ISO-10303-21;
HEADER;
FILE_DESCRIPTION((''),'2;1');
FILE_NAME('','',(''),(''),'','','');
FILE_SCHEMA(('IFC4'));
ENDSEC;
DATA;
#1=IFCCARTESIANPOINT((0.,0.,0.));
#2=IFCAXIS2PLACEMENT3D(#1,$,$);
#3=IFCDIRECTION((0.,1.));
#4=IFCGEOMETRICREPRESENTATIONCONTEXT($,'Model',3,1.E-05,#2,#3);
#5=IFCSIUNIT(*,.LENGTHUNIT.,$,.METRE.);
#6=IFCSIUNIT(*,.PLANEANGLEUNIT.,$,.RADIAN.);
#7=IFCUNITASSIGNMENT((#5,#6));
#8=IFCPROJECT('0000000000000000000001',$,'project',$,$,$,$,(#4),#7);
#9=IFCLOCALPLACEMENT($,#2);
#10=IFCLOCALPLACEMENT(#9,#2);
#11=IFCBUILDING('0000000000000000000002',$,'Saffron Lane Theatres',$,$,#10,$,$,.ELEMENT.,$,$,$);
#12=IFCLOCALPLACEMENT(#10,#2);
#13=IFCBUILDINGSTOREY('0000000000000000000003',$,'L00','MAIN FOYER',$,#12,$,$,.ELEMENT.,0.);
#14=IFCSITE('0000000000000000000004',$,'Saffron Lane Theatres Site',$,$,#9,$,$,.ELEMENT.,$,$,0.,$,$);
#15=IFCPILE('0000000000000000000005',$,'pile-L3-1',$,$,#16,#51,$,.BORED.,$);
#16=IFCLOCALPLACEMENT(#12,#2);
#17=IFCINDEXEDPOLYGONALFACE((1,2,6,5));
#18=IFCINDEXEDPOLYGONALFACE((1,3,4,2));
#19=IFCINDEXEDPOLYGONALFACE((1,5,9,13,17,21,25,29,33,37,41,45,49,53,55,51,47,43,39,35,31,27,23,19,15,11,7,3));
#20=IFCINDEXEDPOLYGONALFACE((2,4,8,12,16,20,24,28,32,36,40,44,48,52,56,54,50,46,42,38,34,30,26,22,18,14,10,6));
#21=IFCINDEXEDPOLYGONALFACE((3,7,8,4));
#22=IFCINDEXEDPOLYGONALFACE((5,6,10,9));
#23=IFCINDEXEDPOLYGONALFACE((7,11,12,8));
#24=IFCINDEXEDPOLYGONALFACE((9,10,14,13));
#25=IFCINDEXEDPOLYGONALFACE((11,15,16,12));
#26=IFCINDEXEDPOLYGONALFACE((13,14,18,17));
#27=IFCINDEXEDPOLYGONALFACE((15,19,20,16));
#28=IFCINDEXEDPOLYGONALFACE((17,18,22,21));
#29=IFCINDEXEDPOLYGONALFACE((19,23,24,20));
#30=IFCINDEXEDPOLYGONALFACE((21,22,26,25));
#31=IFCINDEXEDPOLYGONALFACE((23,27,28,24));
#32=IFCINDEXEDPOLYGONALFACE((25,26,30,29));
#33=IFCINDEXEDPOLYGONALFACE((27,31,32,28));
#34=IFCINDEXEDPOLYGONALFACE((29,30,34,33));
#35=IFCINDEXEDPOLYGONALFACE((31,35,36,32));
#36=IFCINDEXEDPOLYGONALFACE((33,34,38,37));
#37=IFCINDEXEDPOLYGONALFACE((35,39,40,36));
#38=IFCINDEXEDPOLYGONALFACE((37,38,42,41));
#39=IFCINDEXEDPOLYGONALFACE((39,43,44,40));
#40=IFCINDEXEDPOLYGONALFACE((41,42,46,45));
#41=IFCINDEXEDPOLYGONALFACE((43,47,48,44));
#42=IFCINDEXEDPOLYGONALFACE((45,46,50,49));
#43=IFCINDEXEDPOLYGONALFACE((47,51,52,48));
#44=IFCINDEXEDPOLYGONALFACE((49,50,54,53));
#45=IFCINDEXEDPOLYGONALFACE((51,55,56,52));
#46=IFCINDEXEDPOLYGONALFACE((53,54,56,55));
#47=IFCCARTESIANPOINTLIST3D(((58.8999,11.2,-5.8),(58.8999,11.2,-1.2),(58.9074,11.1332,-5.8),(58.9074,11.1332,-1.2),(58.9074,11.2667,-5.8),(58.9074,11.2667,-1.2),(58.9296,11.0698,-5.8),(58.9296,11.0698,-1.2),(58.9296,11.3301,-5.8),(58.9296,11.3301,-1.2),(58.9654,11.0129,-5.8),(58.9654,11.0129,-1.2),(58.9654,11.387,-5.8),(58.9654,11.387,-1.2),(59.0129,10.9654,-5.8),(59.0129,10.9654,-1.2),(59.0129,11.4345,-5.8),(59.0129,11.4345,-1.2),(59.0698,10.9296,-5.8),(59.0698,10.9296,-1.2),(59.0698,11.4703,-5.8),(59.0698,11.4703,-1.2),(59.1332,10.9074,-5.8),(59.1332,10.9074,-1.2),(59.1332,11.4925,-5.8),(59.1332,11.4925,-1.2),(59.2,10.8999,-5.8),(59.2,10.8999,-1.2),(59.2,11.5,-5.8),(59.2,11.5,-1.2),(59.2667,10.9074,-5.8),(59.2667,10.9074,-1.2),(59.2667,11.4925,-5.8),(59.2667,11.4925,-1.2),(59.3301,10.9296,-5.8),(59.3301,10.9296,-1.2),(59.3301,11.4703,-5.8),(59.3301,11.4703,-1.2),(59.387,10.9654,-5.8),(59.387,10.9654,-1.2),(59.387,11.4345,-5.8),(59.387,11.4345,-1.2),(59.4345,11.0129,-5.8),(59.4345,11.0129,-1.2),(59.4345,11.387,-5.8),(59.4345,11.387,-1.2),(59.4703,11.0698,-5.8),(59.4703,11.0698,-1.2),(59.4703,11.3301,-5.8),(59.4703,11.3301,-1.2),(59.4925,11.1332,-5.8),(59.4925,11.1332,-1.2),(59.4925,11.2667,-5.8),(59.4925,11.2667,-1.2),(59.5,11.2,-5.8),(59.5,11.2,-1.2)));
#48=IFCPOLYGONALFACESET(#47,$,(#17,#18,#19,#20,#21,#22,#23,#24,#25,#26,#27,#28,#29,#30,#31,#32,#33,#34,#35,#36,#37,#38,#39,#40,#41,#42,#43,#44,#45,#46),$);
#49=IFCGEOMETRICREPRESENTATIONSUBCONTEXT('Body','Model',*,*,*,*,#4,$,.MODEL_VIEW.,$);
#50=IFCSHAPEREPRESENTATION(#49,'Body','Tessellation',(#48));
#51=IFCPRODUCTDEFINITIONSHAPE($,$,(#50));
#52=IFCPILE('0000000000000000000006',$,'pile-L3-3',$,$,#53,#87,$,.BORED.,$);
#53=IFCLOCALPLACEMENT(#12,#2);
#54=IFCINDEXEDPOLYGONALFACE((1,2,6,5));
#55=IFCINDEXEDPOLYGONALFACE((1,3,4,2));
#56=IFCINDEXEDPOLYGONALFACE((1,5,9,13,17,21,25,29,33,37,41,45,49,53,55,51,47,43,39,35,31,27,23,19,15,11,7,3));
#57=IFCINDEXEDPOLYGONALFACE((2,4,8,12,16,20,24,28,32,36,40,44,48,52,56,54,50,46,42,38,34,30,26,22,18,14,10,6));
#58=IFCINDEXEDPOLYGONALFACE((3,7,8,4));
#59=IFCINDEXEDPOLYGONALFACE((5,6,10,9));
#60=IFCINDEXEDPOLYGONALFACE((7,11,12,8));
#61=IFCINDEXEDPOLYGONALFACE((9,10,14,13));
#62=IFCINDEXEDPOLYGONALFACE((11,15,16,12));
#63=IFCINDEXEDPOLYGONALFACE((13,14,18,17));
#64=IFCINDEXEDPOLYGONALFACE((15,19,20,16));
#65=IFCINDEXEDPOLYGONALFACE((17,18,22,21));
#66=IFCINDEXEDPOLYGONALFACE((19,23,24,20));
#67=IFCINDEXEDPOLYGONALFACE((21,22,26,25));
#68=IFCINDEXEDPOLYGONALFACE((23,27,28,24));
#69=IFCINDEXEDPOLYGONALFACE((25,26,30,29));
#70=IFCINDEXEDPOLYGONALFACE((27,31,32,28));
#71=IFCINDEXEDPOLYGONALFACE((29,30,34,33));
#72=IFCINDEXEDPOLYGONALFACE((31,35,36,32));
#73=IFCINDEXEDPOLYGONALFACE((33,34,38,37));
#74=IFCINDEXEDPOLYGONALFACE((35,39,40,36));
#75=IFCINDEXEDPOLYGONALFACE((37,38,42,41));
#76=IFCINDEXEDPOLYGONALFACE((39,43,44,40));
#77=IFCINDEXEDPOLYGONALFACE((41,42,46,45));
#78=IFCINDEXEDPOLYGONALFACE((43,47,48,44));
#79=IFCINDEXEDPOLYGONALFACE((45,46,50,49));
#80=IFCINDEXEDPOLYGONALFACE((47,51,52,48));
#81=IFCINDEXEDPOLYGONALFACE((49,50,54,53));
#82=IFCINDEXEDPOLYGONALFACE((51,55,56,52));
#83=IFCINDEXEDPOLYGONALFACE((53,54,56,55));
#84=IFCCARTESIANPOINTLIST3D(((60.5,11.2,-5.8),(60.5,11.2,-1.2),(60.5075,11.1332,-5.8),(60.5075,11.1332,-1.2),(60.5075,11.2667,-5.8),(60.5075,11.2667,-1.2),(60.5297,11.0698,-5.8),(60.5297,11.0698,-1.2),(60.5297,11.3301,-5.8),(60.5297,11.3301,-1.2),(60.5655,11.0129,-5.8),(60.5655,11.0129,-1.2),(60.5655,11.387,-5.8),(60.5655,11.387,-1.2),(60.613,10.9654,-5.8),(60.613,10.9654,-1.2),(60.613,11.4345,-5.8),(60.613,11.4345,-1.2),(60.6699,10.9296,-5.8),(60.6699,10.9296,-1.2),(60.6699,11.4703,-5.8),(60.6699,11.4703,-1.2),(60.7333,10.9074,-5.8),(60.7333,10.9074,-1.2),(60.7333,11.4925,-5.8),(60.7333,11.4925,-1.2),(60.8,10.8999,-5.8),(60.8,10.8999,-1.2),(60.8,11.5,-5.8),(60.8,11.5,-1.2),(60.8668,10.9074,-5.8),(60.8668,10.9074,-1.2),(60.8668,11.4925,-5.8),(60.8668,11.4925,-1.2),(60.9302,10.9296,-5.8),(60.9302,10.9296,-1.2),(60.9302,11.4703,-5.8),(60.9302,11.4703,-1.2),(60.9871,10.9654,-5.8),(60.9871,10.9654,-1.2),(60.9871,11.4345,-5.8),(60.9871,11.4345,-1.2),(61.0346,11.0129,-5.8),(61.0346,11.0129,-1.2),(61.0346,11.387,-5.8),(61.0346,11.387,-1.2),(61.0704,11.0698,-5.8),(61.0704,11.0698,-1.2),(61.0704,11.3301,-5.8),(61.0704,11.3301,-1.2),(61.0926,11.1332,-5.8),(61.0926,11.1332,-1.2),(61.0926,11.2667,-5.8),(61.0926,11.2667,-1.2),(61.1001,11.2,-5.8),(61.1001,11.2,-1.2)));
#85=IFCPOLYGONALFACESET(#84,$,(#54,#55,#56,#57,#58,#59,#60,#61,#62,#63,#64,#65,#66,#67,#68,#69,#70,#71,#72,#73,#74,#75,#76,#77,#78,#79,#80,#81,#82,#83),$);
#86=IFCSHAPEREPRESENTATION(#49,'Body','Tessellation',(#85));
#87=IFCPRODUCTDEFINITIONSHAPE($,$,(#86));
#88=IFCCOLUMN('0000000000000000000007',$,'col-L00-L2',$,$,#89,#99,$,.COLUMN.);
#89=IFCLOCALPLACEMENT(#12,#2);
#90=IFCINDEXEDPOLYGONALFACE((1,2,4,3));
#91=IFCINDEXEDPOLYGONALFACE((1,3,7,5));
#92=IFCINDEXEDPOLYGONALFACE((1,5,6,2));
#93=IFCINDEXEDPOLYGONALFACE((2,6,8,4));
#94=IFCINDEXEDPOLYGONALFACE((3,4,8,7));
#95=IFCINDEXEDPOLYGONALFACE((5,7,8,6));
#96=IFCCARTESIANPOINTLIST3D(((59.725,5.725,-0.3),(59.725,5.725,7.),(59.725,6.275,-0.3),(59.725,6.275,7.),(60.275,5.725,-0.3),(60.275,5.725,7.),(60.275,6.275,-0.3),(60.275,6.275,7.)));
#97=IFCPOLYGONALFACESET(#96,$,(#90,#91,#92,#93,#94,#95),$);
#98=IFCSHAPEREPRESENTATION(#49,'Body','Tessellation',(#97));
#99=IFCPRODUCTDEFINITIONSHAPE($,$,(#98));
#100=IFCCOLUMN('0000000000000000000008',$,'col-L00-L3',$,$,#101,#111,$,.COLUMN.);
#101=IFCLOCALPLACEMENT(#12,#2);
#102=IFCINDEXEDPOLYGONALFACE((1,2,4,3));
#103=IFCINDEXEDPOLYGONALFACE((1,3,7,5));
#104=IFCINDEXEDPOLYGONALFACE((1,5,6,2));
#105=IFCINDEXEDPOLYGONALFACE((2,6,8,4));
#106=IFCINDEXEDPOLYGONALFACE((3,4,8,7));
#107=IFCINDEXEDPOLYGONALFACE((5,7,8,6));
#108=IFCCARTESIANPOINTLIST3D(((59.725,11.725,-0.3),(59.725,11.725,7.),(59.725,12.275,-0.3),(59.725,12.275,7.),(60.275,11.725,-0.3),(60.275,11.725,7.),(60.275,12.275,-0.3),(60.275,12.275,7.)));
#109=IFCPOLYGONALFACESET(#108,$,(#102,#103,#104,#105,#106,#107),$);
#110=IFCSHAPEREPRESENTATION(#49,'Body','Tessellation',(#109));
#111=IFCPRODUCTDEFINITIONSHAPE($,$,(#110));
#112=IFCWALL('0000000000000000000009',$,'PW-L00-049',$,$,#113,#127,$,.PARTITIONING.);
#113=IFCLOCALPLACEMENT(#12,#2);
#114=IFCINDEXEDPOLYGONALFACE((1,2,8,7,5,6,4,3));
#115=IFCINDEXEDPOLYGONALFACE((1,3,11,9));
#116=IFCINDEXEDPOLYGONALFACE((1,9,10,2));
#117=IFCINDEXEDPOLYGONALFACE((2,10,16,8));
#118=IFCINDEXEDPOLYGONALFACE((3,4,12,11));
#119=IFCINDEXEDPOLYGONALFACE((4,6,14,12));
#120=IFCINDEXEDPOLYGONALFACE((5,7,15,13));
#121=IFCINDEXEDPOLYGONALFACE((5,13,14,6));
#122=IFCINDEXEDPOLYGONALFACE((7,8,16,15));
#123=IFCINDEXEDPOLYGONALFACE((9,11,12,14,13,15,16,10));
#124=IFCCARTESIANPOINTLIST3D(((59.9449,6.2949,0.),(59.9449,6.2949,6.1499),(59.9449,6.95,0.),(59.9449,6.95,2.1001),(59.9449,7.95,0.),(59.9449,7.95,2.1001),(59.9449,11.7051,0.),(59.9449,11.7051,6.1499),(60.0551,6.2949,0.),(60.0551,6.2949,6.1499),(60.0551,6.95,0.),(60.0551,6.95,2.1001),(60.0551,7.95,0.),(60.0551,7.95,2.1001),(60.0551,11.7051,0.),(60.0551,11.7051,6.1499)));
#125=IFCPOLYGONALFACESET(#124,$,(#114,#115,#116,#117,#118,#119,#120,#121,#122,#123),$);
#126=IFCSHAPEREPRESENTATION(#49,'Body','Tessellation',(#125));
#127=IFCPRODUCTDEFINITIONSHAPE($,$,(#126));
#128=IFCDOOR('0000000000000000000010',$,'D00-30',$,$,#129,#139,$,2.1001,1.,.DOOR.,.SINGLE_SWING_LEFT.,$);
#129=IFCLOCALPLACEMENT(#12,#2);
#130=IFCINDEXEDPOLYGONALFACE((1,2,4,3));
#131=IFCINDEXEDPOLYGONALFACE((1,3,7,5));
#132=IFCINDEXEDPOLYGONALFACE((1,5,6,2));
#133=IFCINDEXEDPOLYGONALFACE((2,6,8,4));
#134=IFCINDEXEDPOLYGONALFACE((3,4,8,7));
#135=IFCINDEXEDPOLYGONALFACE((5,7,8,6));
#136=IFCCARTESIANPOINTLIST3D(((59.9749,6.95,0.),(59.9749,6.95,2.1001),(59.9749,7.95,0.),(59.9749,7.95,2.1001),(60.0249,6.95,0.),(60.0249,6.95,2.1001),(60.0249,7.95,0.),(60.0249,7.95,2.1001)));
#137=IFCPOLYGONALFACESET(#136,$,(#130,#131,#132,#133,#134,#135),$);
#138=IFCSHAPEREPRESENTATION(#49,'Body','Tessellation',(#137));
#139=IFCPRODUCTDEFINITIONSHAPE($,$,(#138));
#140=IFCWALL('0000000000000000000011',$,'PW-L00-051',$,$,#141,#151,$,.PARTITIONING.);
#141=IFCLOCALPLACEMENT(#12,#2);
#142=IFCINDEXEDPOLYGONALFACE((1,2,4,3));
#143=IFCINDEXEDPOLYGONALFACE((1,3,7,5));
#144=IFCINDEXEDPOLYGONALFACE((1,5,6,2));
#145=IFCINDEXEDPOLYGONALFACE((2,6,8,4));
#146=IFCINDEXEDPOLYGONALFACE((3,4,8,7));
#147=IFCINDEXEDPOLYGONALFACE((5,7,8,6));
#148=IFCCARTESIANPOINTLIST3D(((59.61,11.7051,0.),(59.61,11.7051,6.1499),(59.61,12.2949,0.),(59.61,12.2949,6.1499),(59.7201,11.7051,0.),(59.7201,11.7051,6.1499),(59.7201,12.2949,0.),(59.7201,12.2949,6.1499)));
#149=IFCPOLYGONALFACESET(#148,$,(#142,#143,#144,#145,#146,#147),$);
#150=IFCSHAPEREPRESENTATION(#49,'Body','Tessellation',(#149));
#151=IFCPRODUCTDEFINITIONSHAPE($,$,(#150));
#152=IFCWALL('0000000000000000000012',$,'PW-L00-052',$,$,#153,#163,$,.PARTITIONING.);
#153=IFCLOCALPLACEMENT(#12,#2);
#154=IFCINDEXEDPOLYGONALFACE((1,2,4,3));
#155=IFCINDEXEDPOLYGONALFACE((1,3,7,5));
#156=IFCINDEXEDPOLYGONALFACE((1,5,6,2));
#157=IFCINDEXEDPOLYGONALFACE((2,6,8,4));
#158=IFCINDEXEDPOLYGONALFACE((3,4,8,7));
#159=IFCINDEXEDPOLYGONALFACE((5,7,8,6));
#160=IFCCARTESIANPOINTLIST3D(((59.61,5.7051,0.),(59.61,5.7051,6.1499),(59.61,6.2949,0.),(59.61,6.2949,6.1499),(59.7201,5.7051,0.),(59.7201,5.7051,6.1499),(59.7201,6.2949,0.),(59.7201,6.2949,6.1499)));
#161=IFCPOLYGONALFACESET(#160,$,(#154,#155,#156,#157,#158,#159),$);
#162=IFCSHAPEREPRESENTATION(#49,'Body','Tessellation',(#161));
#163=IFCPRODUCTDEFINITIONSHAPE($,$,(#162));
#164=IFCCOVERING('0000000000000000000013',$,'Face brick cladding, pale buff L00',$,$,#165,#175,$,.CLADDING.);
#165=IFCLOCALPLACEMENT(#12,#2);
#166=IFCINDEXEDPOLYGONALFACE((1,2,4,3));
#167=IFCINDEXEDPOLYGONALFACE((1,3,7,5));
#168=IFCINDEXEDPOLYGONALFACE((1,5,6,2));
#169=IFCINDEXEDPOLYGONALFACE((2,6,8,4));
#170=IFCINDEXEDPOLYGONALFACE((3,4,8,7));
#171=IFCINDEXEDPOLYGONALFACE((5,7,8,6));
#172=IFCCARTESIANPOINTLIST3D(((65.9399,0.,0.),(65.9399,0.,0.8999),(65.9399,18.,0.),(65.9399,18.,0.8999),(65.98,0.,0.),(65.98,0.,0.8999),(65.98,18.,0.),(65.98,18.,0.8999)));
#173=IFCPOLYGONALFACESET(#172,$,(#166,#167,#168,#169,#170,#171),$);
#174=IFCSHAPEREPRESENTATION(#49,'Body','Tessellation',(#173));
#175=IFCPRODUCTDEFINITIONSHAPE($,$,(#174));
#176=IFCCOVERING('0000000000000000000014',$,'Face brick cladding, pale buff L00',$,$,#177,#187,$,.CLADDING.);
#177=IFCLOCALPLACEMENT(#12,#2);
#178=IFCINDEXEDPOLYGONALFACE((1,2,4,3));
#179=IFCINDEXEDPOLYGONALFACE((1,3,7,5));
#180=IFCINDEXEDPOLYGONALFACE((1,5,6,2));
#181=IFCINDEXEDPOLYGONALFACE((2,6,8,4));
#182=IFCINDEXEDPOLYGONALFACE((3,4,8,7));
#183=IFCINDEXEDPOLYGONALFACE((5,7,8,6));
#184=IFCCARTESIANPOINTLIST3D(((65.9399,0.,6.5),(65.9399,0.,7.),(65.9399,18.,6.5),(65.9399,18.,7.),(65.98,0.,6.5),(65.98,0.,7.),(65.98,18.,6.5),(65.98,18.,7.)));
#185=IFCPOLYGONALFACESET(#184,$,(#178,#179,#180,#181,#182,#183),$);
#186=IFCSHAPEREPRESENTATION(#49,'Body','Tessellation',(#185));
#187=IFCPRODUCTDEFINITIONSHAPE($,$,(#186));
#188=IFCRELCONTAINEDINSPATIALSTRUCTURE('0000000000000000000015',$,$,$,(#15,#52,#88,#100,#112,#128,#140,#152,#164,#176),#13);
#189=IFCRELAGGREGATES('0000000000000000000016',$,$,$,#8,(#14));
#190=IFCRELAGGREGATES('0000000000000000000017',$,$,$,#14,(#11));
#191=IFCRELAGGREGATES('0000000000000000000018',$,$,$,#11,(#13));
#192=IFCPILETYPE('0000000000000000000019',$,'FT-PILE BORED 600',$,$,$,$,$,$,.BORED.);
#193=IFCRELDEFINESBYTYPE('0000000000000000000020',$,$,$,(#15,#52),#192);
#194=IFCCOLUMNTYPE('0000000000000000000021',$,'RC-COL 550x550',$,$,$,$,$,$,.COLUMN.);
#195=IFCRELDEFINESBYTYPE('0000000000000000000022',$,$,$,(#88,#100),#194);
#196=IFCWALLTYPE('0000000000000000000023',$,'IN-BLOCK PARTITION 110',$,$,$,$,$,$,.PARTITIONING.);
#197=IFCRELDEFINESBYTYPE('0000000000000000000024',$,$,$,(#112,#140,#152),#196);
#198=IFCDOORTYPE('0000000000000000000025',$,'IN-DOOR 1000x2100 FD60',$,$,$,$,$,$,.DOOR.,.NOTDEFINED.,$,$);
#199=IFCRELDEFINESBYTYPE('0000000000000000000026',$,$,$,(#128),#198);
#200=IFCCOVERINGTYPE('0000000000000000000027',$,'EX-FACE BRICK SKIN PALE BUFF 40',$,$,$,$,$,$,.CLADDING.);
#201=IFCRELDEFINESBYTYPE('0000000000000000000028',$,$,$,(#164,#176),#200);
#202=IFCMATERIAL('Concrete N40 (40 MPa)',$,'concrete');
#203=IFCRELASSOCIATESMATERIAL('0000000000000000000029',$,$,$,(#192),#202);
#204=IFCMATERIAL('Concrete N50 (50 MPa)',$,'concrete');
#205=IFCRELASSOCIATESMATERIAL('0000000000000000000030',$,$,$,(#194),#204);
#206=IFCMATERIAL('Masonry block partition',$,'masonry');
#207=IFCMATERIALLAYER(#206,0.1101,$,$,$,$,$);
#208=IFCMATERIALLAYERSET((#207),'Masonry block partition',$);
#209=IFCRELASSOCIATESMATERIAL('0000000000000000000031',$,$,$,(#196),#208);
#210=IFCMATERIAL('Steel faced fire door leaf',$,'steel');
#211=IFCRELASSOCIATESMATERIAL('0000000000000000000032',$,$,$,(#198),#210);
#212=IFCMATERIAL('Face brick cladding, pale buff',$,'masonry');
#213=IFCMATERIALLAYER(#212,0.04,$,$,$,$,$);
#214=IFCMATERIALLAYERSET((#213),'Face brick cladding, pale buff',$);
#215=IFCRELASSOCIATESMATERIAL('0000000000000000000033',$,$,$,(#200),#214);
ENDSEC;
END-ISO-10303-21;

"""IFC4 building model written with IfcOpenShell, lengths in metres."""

from ifc_helpers import new_model, si_unit, direction, frame, frame_2d, origin, origin_2d, place, context, subcontext, project, spatial, rectangle, circle, extrude, material, layer, layer_set, material_profile, profile_set, type_object, element, fill, save


model = new_model("IFC4")

# Units and contexts
model_context = context("Model", 3, precision=1e-05, world=origin(), true_north=direction((0.0, 1.0)))
body_context = subcontext(model_context, "Body", "Model", "MODEL_VIEW")
ifc_project = project(units=[si_unit("LENGTHUNIT", "METRE"), si_unit("PLANEANGLEUNIT", "RADIAN")], contexts=[model_context])

# Site, building, storey
site_placement = place(None, origin())
site = spatial("IfcSite", under=ifc_project, at=site_placement, Name="Saffron Lane Theatres Site", CompositionType="ELEMENT", RefElevation=0.0)
building_placement = place(site_placement, origin())
building = spatial("IfcBuilding", under=site, at=building_placement, Name="Saffron Lane Theatres", CompositionType="ELEMENT")
storey_placement = place(building_placement, origin())
storey = spatial("IfcBuildingStorey", under=building, at=storey_placement, Name="L00", Description="MAIN FOYER", CompositionType="ELEMENT", Elevation=0.0)

# Piles
ifc_material_1 = material(Name="Concrete N40 (40 MPa)", Category="concrete")
ifc_material_profile_1 = material_profile(ifc_material_1, circle(Radius=0.3, at=origin_2d()))
ifc_profile_set_1 = profile_set([ifc_material_profile_1], Name="Concrete N40 (40 MPa)")
pile_type = type_object("IfcPileType", Name="FT-PILE BORED 600", PredefinedType="BORED", material=ifc_profile_set_1)
for number, where, z_axis, x_axis, name in (
    (1, (59.2, 11.2, -1.2), (0.0, 0.0, -1.0), (1.0, 0.0, 0.0), "pile-L3-1"),
    (2, (60.8, 11.2, -1.2), (0.0, 0.0, -1.0), (1.0, 0.0, 0.0), "pile-L3-3"),
):
    element("IfcPile", number, at=place(storey_placement, frame(where, z_axis=z_axis, x_axis=x_axis)), inside=storey, type_object=pile_type, Name=name, PredefinedType="BORED", context=body_context, shape_type="SweptSolid", body=[
        extrude(circle(Radius=0.3, at=origin_2d()), origin(), (0.0, 0.0, 1.0), 4.6001),
    ])

# Columns
ifc_material_2 = material(Name="Concrete N50 (50 MPa)", Category="concrete")
ifc_material_profile_2 = material_profile(ifc_material_2, rectangle(XDim=0.55, YDim=0.55, at=origin_2d()))
ifc_profile_set_2 = profile_set([ifc_material_profile_2], Name="Concrete N50 (50 MPa)")
column_type = type_object("IfcColumnType", Name="RC-COL 550x550", PredefinedType="COLUMN", material=ifc_profile_set_2)
for number, where, z_axis, x_axis, name in (
    (3, (60.0, 6.0, -0.3), (0.0, 0.0, 1.0), (1.0, 0.0, 0.0), "col-L00-L2"),
    (4, (60.0, 12.0, -0.3), (0.0, 0.0, 1.0), (1.0, 0.0, 0.0), "col-L00-L3"),
):
    element("IfcColumn", number, at=place(storey_placement, frame(where, z_axis=z_axis, x_axis=x_axis)), inside=storey, type_object=column_type, Name=name, PredefinedType="COLUMN", context=body_context, shape_type="SweptSolid", body=[
        extrude(rectangle(XDim=0.55, YDim=0.55, at=origin_2d()), origin(), (0.0, 0.0, 1.0), 7.3),
    ])

# Wall, opening, door
ifc_material_3 = material(Name="Masonry block partition", Category="masonry")
ifc_layer_1 = layer(ifc_material_3, 0.1101)
ifc_layer_set_1 = layer_set([ifc_layer_1], Name="Masonry block partition")
wall_type = type_object("IfcWallType", Name="IN-BLOCK PARTITION 110", PredefinedType="PARTITIONING", material=ifc_layer_set_1)
wall_placement = place(storey_placement, frame((60.0, 6.2949, 0.0), z_axis=(0.0, 0.0, 1.0), x_axis=(0.0, 1.0, 0.0)))
wall = element("IfcWall", 5, at=wall_placement, inside=storey, type_object=wall_type, Name="PW-L00-049", PredefinedType="PARTITIONING", context=body_context, shape_type="SweptSolid", body=[
    extrude(rectangle(XDim=5.4102, YDim=0.1101, at=frame_2d((2.7051, 0.0))), origin(), (0.0, 0.0, 1.0), 6.1499),
])
opening_placement = place(wall_placement, frame((0.655, 0.0, 0.0)))
opening = element("IfcOpeningElement", 6, at=opening_placement, cuts=wall, PredefinedType="OPENING", context=body_context, shape_type="SweptSolid", body=[
    extrude(rectangle(XDim=1.0, YDim=2.1001, at=frame_2d((0.5, 1.05))), frame((0.0, 0.0649, 0.0), z_axis=(0.0, -1.0, 0.0), x_axis=(1.0, 0.0, 0.0)), (0.0, 0.0, 1.0), 0.1301),
])
ifc_material_4 = material(Name="Steel faced fire door leaf", Category="steel")
door_type = type_object("IfcDoorType", Name="IN-DOOR 1000x2100 FD60", OperationType="NOTDEFINED", PredefinedType="DOOR", material=ifc_material_4)
door_placement = place(opening_placement, frame((1.0, 0.0, 0.0), z_axis=(0.0, 0.0, 1.0), x_axis=(-1.0, 0.0, 0.0)))
door = element("IfcDoor", 7, at=door_placement, inside=storey, type_object=door_type, Name="D00-30", OperationType="SINGLE_SWING_LEFT", OverallHeight=2.1001, OverallWidth=1.0, PredefinedType="DOOR", context=body_context, shape_type="SweptSolid", body=[
    extrude(rectangle(XDim=1.0, YDim=2.1001, at=frame_2d((0.5, 1.05))), frame((0.0, 0.0249, 0.0), z_axis=(0.0, -1.0, 0.0), x_axis=(1.0, 0.0, 0.0)), (0.0, 0.0, 1.0), 0.05),
])
fill(opening, door)

# Walls
for number, where, z_axis, x_axis, name in (
    (8, (59.665, 11.7051, 0.0), (0.0, 0.0, 1.0), (0.0, 1.0, 0.0), "PW-L00-051"),
    (9, (59.665, 5.7051, 0.0), (0.0, 0.0, 1.0), (0.0, 1.0, 0.0), "PW-L00-052"),
):
    element("IfcWall", number, at=place(storey_placement, frame(where, z_axis=z_axis, x_axis=x_axis)), inside=storey, type_object=wall_type, Name=name, PredefinedType="PARTITIONING", context=body_context, shape_type="SweptSolid", body=[
        extrude(rectangle(XDim=0.5898, YDim=0.1101, at=frame_2d((0.2949, 0.0))), origin(), (0.0, 0.0, 1.0), 6.1499),
    ])

# Coverings
ifc_material_5 = material(Name="Face brick cladding, pale buff", Category="masonry")
ifc_layer_2 = layer(ifc_material_5, 0.04)
ifc_layer_set_2 = layer_set([ifc_layer_2], Name="Face brick cladding, pale buff")
covering_type_1 = type_object("IfcCoveringType", Name="EX-FACE BRICK SKIN PALE BUFF 40", PredefinedType="CLADDING", material=ifc_layer_set_2)
covering_1_placement = place(storey_placement, frame((65.96, 9.0, 0.0), z_axis=(0.0, 0.0, 1.0), x_axis=(0.0, 1.0, 0.0)))
element("IfcCovering", 10, at=covering_1_placement, inside=storey, type_object=covering_type_1, Name="Face brick cladding, pale buff L00", PredefinedType="CLADDING", context=body_context, shape_type="SweptSolid", body=[
    extrude(rectangle(XDim=18.0, YDim=0.04, at=origin_2d()), origin(), (0.0, 0.0, 1.0), 0.8999),
])
covering_2_placement = place(storey_placement, frame((65.96, 9.0, 6.5), z_axis=(0.0, 0.0, 1.0), x_axis=(0.0, 1.0, 0.0)))
element("IfcCovering", 11, at=covering_2_placement, inside=storey, type_object=covering_type_1, Name="Face brick cladding, pale buff L00", PredefinedType="CLADDING", context=body_context, shape_type="SweptSolid", body=[
    extrude(rectangle(XDim=18.0, YDim=0.04, at=origin_2d()), origin(), (0.0, 0.0, 1.0), 0.5),
])

save(model, "model.ifc")
